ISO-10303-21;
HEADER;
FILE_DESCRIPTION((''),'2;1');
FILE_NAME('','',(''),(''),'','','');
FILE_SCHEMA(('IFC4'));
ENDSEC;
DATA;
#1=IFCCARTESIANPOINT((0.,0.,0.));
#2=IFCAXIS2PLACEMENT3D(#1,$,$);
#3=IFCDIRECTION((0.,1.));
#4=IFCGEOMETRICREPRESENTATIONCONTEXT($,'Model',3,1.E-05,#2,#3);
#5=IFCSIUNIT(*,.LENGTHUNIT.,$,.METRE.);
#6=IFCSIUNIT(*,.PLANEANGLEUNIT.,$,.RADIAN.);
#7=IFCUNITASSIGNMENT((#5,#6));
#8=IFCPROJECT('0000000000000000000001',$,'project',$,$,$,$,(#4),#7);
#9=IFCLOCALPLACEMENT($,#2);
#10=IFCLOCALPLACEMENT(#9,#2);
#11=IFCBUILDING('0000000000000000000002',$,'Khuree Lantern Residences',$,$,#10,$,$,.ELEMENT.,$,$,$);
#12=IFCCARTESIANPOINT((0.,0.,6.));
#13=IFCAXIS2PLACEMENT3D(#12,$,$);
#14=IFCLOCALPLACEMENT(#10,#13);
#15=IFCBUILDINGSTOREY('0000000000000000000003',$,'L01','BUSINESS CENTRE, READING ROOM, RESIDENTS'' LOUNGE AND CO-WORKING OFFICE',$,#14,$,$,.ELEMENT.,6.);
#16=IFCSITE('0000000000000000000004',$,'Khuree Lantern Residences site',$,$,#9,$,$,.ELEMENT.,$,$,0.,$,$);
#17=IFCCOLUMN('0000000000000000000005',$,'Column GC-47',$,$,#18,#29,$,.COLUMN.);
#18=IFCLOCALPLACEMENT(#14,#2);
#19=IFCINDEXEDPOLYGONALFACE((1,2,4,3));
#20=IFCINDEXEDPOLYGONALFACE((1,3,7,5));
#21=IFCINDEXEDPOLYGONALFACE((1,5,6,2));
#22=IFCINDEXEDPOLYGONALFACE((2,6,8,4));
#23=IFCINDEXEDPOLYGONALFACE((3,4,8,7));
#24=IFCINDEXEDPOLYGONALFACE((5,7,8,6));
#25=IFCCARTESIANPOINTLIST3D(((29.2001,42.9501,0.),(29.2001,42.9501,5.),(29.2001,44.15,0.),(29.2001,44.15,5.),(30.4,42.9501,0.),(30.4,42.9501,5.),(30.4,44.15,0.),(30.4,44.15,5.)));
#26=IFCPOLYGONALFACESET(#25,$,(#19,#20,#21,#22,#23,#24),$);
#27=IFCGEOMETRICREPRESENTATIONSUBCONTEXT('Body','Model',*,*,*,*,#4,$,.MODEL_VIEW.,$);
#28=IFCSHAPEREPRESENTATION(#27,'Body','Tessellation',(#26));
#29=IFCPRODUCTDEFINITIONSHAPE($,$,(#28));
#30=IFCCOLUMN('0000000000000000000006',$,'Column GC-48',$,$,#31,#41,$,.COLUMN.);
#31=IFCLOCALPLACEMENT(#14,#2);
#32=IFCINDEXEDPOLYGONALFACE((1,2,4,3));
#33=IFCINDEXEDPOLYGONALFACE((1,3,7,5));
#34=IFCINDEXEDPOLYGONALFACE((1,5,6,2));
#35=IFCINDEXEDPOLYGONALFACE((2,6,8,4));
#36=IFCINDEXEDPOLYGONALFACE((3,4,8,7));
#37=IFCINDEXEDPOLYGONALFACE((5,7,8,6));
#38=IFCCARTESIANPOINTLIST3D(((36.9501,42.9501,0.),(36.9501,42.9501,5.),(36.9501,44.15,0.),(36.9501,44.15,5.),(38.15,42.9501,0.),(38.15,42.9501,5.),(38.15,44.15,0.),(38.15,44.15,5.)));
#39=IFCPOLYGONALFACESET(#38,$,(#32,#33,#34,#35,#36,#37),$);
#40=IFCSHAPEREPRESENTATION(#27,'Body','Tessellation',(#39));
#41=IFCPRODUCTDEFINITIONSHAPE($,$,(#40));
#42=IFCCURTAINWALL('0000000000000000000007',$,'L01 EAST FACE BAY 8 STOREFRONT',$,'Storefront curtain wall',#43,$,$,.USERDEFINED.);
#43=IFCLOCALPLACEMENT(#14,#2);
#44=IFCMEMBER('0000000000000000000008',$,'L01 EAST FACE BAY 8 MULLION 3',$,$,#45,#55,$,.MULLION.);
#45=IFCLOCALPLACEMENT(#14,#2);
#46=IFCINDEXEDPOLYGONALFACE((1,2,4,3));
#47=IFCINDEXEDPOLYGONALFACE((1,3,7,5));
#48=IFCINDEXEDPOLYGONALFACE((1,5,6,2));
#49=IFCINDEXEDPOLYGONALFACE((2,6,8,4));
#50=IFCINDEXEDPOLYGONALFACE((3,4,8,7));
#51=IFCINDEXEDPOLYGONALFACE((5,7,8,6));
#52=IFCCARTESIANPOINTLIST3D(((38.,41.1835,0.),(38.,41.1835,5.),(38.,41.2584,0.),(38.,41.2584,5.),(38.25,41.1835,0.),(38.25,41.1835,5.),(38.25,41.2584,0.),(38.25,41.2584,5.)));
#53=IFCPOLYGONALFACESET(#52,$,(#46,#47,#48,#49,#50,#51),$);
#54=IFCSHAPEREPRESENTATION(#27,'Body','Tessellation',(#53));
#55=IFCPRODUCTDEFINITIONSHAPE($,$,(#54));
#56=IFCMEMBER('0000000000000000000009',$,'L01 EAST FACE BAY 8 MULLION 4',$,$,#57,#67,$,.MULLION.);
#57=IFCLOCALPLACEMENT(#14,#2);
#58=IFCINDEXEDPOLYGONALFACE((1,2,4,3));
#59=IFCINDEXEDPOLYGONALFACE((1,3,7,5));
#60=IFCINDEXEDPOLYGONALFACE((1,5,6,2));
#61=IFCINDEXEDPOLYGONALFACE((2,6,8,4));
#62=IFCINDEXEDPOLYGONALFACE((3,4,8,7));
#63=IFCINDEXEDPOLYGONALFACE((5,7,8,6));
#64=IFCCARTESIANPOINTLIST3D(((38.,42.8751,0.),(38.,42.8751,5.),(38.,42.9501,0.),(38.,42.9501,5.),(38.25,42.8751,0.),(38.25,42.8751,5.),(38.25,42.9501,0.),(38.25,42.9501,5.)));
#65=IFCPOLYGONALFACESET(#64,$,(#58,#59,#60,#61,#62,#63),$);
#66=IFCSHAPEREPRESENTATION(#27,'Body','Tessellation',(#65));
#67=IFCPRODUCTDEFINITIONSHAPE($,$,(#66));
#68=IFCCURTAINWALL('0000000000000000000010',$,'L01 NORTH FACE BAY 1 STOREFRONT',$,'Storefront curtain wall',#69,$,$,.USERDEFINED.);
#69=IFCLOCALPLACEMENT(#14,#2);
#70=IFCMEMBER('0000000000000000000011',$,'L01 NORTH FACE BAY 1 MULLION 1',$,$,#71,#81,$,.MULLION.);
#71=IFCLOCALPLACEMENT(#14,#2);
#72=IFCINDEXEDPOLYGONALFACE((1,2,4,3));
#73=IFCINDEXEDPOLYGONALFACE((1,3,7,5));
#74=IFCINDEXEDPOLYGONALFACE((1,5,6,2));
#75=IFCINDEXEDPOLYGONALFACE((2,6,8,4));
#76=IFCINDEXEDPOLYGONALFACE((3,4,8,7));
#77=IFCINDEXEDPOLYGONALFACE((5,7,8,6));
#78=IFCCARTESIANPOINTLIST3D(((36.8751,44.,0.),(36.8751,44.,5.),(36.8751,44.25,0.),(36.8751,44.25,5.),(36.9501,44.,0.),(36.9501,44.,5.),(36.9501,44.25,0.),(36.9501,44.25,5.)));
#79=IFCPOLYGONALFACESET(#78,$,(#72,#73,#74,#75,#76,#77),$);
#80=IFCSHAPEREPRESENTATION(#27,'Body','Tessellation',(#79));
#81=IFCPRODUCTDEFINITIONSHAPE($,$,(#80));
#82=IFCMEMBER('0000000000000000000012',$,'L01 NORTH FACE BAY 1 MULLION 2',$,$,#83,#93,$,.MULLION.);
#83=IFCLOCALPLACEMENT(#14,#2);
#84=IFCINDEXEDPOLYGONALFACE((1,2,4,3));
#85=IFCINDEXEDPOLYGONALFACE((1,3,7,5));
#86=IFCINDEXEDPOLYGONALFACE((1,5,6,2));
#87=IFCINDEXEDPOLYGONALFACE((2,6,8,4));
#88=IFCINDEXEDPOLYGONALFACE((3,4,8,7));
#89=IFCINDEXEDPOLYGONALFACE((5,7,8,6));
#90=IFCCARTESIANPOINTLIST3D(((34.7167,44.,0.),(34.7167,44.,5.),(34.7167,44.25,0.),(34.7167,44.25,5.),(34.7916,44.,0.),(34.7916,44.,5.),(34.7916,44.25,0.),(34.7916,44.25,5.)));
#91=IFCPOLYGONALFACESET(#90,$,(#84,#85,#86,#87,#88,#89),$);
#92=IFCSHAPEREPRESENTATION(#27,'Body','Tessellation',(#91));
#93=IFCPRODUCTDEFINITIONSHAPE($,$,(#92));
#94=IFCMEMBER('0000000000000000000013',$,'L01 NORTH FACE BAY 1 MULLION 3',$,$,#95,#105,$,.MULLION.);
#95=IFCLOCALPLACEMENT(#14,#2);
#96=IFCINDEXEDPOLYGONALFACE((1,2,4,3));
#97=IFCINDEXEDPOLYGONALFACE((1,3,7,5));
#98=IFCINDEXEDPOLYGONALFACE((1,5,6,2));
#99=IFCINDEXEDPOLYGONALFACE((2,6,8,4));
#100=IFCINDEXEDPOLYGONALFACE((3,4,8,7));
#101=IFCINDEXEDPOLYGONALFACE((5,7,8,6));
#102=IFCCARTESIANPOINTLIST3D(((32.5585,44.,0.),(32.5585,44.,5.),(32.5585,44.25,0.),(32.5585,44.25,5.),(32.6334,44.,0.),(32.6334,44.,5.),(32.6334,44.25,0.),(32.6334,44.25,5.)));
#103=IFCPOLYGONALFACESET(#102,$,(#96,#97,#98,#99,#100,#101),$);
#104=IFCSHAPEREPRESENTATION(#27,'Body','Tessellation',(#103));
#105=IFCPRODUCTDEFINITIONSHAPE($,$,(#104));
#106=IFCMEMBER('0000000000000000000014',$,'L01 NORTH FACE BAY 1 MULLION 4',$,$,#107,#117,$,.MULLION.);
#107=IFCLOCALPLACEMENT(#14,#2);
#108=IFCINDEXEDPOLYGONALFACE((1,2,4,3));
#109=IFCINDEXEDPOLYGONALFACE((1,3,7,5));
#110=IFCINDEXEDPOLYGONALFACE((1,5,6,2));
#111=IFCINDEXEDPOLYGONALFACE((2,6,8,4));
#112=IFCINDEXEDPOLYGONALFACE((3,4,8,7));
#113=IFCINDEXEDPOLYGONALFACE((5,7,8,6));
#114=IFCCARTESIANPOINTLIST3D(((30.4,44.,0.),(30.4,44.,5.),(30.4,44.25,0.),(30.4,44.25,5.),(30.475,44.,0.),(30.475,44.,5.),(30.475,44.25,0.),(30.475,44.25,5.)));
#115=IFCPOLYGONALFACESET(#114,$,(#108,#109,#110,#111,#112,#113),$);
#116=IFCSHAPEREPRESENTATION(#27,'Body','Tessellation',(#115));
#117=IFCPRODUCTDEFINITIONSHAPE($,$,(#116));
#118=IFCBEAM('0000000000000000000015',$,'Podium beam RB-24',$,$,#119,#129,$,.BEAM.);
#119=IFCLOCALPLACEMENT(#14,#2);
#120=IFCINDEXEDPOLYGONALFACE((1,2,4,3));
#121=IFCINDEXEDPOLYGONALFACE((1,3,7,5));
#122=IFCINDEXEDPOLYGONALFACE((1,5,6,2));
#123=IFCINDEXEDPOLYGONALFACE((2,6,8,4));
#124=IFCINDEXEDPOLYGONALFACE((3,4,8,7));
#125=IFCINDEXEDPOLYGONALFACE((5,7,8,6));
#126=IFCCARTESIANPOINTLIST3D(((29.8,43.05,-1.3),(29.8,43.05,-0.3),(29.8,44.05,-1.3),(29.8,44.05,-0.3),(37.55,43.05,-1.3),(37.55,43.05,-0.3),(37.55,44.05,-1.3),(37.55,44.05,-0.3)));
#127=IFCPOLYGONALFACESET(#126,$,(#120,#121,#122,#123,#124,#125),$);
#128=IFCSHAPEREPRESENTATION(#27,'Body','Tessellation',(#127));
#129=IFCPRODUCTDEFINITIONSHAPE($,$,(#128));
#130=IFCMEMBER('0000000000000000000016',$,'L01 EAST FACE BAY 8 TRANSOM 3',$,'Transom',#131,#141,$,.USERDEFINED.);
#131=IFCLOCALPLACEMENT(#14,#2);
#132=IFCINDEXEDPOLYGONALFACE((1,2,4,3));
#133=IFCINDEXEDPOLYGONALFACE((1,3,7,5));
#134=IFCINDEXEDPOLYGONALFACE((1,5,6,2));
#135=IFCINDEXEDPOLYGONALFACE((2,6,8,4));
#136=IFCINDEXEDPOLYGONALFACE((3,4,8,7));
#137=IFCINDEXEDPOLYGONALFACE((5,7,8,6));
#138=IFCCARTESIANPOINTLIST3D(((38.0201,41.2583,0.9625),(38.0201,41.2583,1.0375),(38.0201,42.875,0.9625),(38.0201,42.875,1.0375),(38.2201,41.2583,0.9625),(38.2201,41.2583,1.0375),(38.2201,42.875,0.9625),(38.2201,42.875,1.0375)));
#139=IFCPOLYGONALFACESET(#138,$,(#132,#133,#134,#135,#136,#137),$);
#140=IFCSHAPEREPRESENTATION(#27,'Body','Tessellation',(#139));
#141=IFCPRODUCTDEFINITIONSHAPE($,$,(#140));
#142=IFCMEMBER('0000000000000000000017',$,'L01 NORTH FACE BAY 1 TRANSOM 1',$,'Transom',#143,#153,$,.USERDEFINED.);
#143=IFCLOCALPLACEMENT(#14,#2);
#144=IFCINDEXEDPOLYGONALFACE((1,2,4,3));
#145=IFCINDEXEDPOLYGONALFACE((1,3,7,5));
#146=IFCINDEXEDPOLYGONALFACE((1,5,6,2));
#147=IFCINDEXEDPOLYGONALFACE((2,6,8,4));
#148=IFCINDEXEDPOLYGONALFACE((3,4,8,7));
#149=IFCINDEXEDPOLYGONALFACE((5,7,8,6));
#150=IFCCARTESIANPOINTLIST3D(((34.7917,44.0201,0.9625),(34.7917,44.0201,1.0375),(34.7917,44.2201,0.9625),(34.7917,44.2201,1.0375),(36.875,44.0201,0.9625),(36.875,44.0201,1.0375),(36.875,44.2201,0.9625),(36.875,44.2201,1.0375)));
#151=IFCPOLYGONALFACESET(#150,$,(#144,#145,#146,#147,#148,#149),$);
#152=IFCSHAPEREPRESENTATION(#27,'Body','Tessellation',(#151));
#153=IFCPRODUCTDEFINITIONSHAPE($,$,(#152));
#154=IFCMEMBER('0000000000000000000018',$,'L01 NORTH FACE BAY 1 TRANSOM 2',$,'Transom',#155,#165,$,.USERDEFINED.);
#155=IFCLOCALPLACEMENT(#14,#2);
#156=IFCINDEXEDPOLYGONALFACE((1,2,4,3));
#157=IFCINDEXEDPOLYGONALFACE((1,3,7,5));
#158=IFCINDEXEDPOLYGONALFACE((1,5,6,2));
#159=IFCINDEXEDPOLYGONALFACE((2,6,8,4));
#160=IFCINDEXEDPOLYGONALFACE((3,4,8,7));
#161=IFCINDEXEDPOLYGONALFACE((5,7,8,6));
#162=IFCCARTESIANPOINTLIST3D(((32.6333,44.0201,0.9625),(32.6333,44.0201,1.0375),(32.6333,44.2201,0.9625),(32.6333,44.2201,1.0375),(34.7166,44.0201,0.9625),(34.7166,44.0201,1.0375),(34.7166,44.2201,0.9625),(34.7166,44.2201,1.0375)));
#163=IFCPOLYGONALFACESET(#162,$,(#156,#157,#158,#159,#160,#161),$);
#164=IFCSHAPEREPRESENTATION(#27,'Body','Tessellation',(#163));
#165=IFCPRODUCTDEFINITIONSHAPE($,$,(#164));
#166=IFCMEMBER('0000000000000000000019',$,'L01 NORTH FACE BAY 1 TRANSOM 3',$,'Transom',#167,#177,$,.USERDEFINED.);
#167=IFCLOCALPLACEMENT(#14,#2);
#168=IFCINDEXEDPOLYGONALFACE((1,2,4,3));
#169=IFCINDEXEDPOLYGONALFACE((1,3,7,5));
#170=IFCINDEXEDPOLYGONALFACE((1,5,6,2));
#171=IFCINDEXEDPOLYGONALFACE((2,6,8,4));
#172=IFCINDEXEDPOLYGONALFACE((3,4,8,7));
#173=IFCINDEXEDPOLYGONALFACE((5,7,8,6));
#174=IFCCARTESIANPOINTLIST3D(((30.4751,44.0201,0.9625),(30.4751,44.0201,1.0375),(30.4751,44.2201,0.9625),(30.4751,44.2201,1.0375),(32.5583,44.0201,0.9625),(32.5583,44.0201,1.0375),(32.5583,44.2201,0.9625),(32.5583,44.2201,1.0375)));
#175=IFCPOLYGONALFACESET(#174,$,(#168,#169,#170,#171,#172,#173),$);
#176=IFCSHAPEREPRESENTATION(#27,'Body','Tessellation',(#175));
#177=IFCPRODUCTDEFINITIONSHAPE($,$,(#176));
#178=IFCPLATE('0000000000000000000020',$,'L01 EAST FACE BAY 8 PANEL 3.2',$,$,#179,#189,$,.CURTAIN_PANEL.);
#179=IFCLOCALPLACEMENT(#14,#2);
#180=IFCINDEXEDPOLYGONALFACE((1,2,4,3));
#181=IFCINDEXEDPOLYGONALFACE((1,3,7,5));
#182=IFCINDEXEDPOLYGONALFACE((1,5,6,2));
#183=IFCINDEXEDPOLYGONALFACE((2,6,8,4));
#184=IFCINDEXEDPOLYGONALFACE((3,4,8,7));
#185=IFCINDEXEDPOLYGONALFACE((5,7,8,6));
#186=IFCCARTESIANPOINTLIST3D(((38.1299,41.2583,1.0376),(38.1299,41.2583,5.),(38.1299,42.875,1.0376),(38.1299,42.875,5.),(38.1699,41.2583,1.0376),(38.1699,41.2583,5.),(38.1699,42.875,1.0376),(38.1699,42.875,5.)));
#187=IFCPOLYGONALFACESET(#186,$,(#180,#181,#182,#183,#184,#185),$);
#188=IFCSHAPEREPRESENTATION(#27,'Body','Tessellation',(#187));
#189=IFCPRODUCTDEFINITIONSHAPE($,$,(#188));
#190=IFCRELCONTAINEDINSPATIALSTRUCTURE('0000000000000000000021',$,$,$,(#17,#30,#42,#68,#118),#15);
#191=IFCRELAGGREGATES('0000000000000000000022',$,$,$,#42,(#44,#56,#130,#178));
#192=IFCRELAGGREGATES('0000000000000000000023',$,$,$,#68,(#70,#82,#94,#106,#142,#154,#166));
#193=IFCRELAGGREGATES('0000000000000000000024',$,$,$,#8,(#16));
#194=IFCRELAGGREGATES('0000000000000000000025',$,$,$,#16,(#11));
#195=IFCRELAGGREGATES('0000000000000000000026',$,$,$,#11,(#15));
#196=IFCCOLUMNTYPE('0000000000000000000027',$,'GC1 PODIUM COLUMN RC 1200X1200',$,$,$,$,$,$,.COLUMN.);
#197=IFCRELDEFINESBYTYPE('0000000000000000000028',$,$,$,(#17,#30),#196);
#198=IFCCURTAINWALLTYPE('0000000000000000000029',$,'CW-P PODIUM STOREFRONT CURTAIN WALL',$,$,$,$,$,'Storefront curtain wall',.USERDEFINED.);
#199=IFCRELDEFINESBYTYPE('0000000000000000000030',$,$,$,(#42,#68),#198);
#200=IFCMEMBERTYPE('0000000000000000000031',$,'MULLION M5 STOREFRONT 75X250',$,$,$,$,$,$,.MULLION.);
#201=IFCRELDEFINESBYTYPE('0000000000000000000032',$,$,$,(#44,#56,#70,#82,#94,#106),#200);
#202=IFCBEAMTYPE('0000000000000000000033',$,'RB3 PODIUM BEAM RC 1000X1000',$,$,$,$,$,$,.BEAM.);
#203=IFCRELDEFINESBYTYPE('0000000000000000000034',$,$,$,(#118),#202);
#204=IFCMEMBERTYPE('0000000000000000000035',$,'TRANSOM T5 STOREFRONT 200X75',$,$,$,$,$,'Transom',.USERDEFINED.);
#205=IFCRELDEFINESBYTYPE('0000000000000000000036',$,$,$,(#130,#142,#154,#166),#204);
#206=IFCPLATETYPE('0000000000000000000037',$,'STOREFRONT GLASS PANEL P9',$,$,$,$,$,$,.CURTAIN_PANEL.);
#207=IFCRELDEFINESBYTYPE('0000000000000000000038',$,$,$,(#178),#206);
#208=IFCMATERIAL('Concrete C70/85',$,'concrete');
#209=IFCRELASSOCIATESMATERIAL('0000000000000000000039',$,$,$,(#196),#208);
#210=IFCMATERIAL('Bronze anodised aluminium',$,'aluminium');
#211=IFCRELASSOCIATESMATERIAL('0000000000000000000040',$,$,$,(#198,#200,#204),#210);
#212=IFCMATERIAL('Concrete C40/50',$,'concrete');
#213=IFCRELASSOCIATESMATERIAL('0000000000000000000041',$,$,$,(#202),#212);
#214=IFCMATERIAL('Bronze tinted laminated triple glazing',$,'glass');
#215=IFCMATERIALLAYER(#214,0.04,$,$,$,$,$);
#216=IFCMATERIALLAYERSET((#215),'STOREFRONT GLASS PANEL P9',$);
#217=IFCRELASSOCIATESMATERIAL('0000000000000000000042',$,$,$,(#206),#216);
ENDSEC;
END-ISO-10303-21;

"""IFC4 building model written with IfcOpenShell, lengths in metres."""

from ifc_helpers import new_model, si_unit, direction, frame, origin, origin_2d, place, context, subcontext, project, spatial, rectangle, extrude, material, layer, layer_set, material_profile, profile_set, type_object, element, aggregate, save


model = new_model("IFC4")

# Units and contexts
model_context = context("Model", 3, precision=1e-05, world=origin(), true_north=direction((0.0, 1.0)))
body_context = subcontext(model_context, "Body", "Model", "MODEL_VIEW")
ifc_project = project(units=[si_unit("LENGTHUNIT", "METRE"), si_unit("PLANEANGLEUNIT", "RADIAN")], contexts=[model_context])

# Site, building, storey
site_placement = place(None, origin())
site = spatial("IfcSite", under=ifc_project, at=site_placement, Name="Khuree Lantern Residences site", CompositionType="ELEMENT", RefElevation=0.0)
building_placement = place(site_placement, origin())
building = spatial("IfcBuilding", under=site, at=building_placement, Name="Khuree Lantern Residences", CompositionType="ELEMENT")
storey_placement = place(building_placement, frame((0.0, 0.0, 6.0)))
storey = spatial("IfcBuildingStorey", under=building, at=storey_placement, Name="L01", Description="BUSINESS CENTRE, READING ROOM, RESIDENTS' LOUNGE AND CO-WORKING OFFICE", CompositionType="ELEMENT", Elevation=6.0)

# Columns
ifc_material_1 = material(Name="Concrete C70/85", Category="concrete")
ifc_material_profile_1 = material_profile(ifc_material_1, rectangle(XDim=1.2, YDim=1.2, at=origin_2d()), Name="RC 1200X1200")
ifc_profile_set_1 = profile_set([ifc_material_profile_1], Name="Concrete C70/85")
column_type = type_object("IfcColumnType", Name="GC1 PODIUM COLUMN RC 1200X1200", PredefinedType="COLUMN", material=ifc_profile_set_1)
for number, where, z_axis, x_axis, name in (
    (1, (29.8, 43.55, 0.0), (0.0, 0.0, 1.0), (1.0, 0.0, 0.0), "Column GC-47"),
    (2, (37.55, 43.55, 0.0), (0.0, 0.0, 1.0), (1.0, 0.0, 0.0), "Column GC-48"),
):
    element("IfcColumn", number, at=place(storey_placement, frame(where, z_axis=z_axis, x_axis=x_axis)), inside=storey, type_object=column_type, Name=name, PredefinedType="COLUMN", context=body_context, shape_type="SweptSolid", body=[
        extrude(rectangle(XDim=1.2, YDim=1.2, at=origin_2d()), origin(), (0.0, 0.0, 1.0), 5.0),
    ])

# Curtain walls, members
ifc_material_2 = material(Name="Bronze anodised aluminium", Category="aluminium")
curtain_wall_type = type_object("IfcCurtainWallType", Name="CW-P PODIUM STOREFRONT CURTAIN WALL", ElementType="Storefront curtain wall", PredefinedType="USERDEFINED", material=ifc_material_2)
curtain_wall_1_placement = place(storey_placement, origin())
curtain_wall_1 = element("IfcCurtainWall", 3, at=curtain_wall_1_placement, inside=storey, type_object=curtain_wall_type, Name="L01 EAST FACE BAY 8 STOREFRONT", ObjectType="Storefront curtain wall", PredefinedType="USERDEFINED")
ifc_material_profile_2 = material_profile(ifc_material_2, rectangle(XDim=0.075, YDim=0.25, at=origin_2d()), Name="M5 75X250")
ifc_profile_set_2 = profile_set([ifc_material_profile_2], Name="Bronze anodised aluminium")
member_type_1 = type_object("IfcMemberType", Name="MULLION M5 STOREFRONT 75X250", PredefinedType="MULLION", material=ifc_profile_set_2)
member_1_placement = place(storey_placement, frame((38.125, 41.2209, 0.0), z_axis=(0.0, 0.0, 1.0), x_axis=(0.0, 1.0, 0.0)))
member_1 = element("IfcMember", 4, at=member_1_placement, type_object=member_type_1, Name="L01 EAST FACE BAY 8 MULLION 3", PredefinedType="MULLION", context=body_context, shape_type="SweptSolid", body=[
    extrude(rectangle(XDim=0.075, YDim=0.25, at=origin_2d()), origin(), (0.0, 0.0, 1.0), 5.0),
])
member_2_placement = place(storey_placement, frame((38.125, 42.9126, 0.0), z_axis=(0.0, 0.0, 1.0), x_axis=(0.0, 1.0, 0.0)))
member_2 = element("IfcMember", 5, at=member_2_placement, type_object=member_type_1, Name="L01 EAST FACE BAY 8 MULLION 4", PredefinedType="MULLION", context=body_context, shape_type="SweptSolid", body=[
    extrude(rectangle(XDim=0.075, YDim=0.25, at=origin_2d()), origin(), (0.0, 0.0, 1.0), 5.0),
])
curtain_wall_2_placement = place(storey_placement, origin())
curtain_wall_2 = element("IfcCurtainWall", 6, at=curtain_wall_2_placement, inside=storey, type_object=curtain_wall_type, Name="L01 NORTH FACE BAY 1 STOREFRONT", ObjectType="Storefront curtain wall", PredefinedType="USERDEFINED")
member_3_placement = place(storey_placement, frame((36.9126, 44.125, 0.0), z_axis=(0.0, 0.0, 1.0), x_axis=(-1.0, 0.0, 0.0)))
member_3 = element("IfcMember", 7, at=member_3_placement, type_object=member_type_1, Name="L01 NORTH FACE BAY 1 MULLION 1", PredefinedType="MULLION", context=body_context, shape_type="SweptSolid", body=[
    extrude(rectangle(XDim=0.075, YDim=0.25, at=origin_2d()), origin(), (0.0, 0.0, 1.0), 5.0),
])
member_4_placement = place(storey_placement, frame((34.7542, 44.125, 0.0), z_axis=(0.0, 0.0, 1.0), x_axis=(-1.0, 0.0, 0.0)))
member_4 = element("IfcMember", 8, at=member_4_placement, type_object=member_type_1, Name="L01 NORTH FACE BAY 1 MULLION 2", PredefinedType="MULLION", context=body_context, shape_type="SweptSolid", body=[
    extrude(rectangle(XDim=0.075, YDim=0.25, at=origin_2d()), origin(), (0.0, 0.0, 1.0), 5.0),
])
member_5_placement = place(storey_placement, frame((32.5959, 44.125, 0.0), z_axis=(0.0, 0.0, 1.0), x_axis=(-1.0, 0.0, 0.0)))
member_5 = element("IfcMember", 9, at=member_5_placement, type_object=member_type_1, Name="L01 NORTH FACE BAY 1 MULLION 3", PredefinedType="MULLION", context=body_context, shape_type="SweptSolid", body=[
    extrude(rectangle(XDim=0.075, YDim=0.25, at=origin_2d()), origin(), (0.0, 0.0, 1.0), 5.0),
])
member_6_placement = place(storey_placement, frame((30.4375, 44.125, 0.0), z_axis=(0.0, 0.0, 1.0), x_axis=(-1.0, 0.0, 0.0)))
member_6 = element("IfcMember", 10, at=member_6_placement, type_object=member_type_1, Name="L01 NORTH FACE BAY 1 MULLION 4", PredefinedType="MULLION", context=body_context, shape_type="SweptSolid", body=[
    extrude(rectangle(XDim=0.075, YDim=0.25, at=origin_2d()), origin(), (0.0, 0.0, 1.0), 5.0),
])

# Beam
ifc_material_3 = material(Name="Concrete C40/50", Category="concrete")
ifc_material_profile_3 = material_profile(ifc_material_3, rectangle(XDim=1.0, YDim=1.0, at=origin_2d()), Name="RC 1000X1000")
ifc_profile_set_3 = profile_set([ifc_material_profile_3], Name="Concrete C40/50")
beam_type = type_object("IfcBeamType", Name="RB3 PODIUM BEAM RC 1000X1000", PredefinedType="BEAM", material=ifc_profile_set_3)
beam_placement = place(storey_placement, frame((29.8, 43.55, -0.8), z_axis=(1.0, 0.0, 0.0), x_axis=(0.0, 1.0, 0.0)))
element("IfcBeam", 11, at=beam_placement, inside=storey, type_object=beam_type, Name="Podium beam RB-24", PredefinedType="BEAM", context=body_context, shape_type="SweptSolid", body=[
    extrude(rectangle(XDim=1.0, YDim=1.0, at=origin_2d()), origin(), (0.0, 0.0, 1.0), 7.75),
])

# Members
ifc_material_profile_4 = material_profile(ifc_material_2, rectangle(XDim=0.2, YDim=0.075, at=origin_2d()), Name="T5 200X75")
ifc_profile_set_4 = profile_set([ifc_material_profile_4], Name="Bronze anodised aluminium")
member_type_2 = type_object("IfcMemberType", Name="TRANSOM T5 STOREFRONT 200X75", ElementType="Transom", PredefinedType="USERDEFINED", material=ifc_profile_set_4)
member_7_placement = place(storey_placement, frame((38.1201, 41.2583, 1.0), z_axis=(0.0, 1.0, 0.0), x_axis=(-1.0, 0.0, 0.0)))
member_7 = element("IfcMember", 12, at=member_7_placement, type_object=member_type_2, Name="L01 EAST FACE BAY 8 TRANSOM 3", ObjectType="Transom", PredefinedType="USERDEFINED", context=body_context, shape_type="SweptSolid", body=[
    extrude(rectangle(XDim=0.2, YDim=0.075, at=origin_2d()), origin(), (0.0, 0.0, 1.0), 1.6167),
])
member_8_placement = place(storey_placement, frame((36.875, 44.1201, 1.0), z_axis=(-1.0, 0.0, 0.0), x_axis=(0.0, -1.0, 0.0)))
member_8 = element("IfcMember", 13, at=member_8_placement, type_object=member_type_2, Name="L01 NORTH FACE BAY 1 TRANSOM 1", ObjectType="Transom", PredefinedType="USERDEFINED", context=body_context, shape_type="SweptSolid", body=[
    extrude(rectangle(XDim=0.2, YDim=0.075, at=origin_2d()), origin(), (0.0, 0.0, 1.0), 2.0833),
])
member_9_placement = place(storey_placement, frame((34.7166, 44.1201, 1.0), z_axis=(-1.0, 0.0, 0.0), x_axis=(0.0, -1.0, 0.0)))
member_9 = element("IfcMember", 14, at=member_9_placement, type_object=member_type_2, Name="L01 NORTH FACE BAY 1 TRANSOM 2", ObjectType="Transom", PredefinedType="USERDEFINED", context=body_context, shape_type="SweptSolid", body=[
    extrude(rectangle(XDim=0.2, YDim=0.075, at=origin_2d()), origin(), (0.0, 0.0, 1.0), 2.0833),
])
member_10_placement = place(storey_placement, frame((32.5583, 44.1201, 1.0), z_axis=(-1.0, 0.0, 0.0), x_axis=(0.0, -1.0, 0.0)))
member_10 = element("IfcMember", 15, at=member_10_placement, type_object=member_type_2, Name="L01 NORTH FACE BAY 1 TRANSOM 3", ObjectType="Transom", PredefinedType="USERDEFINED", context=body_context, shape_type="SweptSolid", body=[
    extrude(rectangle(XDim=0.2, YDim=0.075, at=origin_2d()), origin(), (0.0, 0.0, 1.0), 2.0833),
])

# Plate
ifc_material_4 = material(Name="Bronze tinted laminated triple glazing", Category="glass")
ifc_layer_1 = layer(ifc_material_4, 0.04)
ifc_layer_set_1 = layer_set([ifc_layer_1], Name="STOREFRONT GLASS PANEL P9")
plate_type_1 = type_object("IfcPlateType", Name="STOREFRONT GLASS PANEL P9", PredefinedType="CURTAIN_PANEL", material=ifc_layer_set_1)
plate_1_placement = place(storey_placement, frame((38.1499, 42.0667, 1.0376), z_axis=(0.0, 0.0, 1.0), x_axis=(0.0, 1.0, 0.0)))
plate_1 = element("IfcPlate", 16, at=plate_1_placement, type_object=plate_type_1, Name="L01 EAST FACE BAY 8 PANEL 3.2", PredefinedType="CURTAIN_PANEL", context=body_context, shape_type="SweptSolid", body=[
    extrude(rectangle(XDim=1.6167, YDim=0.04, at=origin_2d()), origin(), (0.0, 0.0, 1.0), 3.9624),
])
aggregate(curtain_wall_1, [member_1, member_2, member_7, plate_1])
aggregate(curtain_wall_2, [member_3, member_4, member_5, member_6, member_8, member_9, member_10])

save(model, "model.ifc")
